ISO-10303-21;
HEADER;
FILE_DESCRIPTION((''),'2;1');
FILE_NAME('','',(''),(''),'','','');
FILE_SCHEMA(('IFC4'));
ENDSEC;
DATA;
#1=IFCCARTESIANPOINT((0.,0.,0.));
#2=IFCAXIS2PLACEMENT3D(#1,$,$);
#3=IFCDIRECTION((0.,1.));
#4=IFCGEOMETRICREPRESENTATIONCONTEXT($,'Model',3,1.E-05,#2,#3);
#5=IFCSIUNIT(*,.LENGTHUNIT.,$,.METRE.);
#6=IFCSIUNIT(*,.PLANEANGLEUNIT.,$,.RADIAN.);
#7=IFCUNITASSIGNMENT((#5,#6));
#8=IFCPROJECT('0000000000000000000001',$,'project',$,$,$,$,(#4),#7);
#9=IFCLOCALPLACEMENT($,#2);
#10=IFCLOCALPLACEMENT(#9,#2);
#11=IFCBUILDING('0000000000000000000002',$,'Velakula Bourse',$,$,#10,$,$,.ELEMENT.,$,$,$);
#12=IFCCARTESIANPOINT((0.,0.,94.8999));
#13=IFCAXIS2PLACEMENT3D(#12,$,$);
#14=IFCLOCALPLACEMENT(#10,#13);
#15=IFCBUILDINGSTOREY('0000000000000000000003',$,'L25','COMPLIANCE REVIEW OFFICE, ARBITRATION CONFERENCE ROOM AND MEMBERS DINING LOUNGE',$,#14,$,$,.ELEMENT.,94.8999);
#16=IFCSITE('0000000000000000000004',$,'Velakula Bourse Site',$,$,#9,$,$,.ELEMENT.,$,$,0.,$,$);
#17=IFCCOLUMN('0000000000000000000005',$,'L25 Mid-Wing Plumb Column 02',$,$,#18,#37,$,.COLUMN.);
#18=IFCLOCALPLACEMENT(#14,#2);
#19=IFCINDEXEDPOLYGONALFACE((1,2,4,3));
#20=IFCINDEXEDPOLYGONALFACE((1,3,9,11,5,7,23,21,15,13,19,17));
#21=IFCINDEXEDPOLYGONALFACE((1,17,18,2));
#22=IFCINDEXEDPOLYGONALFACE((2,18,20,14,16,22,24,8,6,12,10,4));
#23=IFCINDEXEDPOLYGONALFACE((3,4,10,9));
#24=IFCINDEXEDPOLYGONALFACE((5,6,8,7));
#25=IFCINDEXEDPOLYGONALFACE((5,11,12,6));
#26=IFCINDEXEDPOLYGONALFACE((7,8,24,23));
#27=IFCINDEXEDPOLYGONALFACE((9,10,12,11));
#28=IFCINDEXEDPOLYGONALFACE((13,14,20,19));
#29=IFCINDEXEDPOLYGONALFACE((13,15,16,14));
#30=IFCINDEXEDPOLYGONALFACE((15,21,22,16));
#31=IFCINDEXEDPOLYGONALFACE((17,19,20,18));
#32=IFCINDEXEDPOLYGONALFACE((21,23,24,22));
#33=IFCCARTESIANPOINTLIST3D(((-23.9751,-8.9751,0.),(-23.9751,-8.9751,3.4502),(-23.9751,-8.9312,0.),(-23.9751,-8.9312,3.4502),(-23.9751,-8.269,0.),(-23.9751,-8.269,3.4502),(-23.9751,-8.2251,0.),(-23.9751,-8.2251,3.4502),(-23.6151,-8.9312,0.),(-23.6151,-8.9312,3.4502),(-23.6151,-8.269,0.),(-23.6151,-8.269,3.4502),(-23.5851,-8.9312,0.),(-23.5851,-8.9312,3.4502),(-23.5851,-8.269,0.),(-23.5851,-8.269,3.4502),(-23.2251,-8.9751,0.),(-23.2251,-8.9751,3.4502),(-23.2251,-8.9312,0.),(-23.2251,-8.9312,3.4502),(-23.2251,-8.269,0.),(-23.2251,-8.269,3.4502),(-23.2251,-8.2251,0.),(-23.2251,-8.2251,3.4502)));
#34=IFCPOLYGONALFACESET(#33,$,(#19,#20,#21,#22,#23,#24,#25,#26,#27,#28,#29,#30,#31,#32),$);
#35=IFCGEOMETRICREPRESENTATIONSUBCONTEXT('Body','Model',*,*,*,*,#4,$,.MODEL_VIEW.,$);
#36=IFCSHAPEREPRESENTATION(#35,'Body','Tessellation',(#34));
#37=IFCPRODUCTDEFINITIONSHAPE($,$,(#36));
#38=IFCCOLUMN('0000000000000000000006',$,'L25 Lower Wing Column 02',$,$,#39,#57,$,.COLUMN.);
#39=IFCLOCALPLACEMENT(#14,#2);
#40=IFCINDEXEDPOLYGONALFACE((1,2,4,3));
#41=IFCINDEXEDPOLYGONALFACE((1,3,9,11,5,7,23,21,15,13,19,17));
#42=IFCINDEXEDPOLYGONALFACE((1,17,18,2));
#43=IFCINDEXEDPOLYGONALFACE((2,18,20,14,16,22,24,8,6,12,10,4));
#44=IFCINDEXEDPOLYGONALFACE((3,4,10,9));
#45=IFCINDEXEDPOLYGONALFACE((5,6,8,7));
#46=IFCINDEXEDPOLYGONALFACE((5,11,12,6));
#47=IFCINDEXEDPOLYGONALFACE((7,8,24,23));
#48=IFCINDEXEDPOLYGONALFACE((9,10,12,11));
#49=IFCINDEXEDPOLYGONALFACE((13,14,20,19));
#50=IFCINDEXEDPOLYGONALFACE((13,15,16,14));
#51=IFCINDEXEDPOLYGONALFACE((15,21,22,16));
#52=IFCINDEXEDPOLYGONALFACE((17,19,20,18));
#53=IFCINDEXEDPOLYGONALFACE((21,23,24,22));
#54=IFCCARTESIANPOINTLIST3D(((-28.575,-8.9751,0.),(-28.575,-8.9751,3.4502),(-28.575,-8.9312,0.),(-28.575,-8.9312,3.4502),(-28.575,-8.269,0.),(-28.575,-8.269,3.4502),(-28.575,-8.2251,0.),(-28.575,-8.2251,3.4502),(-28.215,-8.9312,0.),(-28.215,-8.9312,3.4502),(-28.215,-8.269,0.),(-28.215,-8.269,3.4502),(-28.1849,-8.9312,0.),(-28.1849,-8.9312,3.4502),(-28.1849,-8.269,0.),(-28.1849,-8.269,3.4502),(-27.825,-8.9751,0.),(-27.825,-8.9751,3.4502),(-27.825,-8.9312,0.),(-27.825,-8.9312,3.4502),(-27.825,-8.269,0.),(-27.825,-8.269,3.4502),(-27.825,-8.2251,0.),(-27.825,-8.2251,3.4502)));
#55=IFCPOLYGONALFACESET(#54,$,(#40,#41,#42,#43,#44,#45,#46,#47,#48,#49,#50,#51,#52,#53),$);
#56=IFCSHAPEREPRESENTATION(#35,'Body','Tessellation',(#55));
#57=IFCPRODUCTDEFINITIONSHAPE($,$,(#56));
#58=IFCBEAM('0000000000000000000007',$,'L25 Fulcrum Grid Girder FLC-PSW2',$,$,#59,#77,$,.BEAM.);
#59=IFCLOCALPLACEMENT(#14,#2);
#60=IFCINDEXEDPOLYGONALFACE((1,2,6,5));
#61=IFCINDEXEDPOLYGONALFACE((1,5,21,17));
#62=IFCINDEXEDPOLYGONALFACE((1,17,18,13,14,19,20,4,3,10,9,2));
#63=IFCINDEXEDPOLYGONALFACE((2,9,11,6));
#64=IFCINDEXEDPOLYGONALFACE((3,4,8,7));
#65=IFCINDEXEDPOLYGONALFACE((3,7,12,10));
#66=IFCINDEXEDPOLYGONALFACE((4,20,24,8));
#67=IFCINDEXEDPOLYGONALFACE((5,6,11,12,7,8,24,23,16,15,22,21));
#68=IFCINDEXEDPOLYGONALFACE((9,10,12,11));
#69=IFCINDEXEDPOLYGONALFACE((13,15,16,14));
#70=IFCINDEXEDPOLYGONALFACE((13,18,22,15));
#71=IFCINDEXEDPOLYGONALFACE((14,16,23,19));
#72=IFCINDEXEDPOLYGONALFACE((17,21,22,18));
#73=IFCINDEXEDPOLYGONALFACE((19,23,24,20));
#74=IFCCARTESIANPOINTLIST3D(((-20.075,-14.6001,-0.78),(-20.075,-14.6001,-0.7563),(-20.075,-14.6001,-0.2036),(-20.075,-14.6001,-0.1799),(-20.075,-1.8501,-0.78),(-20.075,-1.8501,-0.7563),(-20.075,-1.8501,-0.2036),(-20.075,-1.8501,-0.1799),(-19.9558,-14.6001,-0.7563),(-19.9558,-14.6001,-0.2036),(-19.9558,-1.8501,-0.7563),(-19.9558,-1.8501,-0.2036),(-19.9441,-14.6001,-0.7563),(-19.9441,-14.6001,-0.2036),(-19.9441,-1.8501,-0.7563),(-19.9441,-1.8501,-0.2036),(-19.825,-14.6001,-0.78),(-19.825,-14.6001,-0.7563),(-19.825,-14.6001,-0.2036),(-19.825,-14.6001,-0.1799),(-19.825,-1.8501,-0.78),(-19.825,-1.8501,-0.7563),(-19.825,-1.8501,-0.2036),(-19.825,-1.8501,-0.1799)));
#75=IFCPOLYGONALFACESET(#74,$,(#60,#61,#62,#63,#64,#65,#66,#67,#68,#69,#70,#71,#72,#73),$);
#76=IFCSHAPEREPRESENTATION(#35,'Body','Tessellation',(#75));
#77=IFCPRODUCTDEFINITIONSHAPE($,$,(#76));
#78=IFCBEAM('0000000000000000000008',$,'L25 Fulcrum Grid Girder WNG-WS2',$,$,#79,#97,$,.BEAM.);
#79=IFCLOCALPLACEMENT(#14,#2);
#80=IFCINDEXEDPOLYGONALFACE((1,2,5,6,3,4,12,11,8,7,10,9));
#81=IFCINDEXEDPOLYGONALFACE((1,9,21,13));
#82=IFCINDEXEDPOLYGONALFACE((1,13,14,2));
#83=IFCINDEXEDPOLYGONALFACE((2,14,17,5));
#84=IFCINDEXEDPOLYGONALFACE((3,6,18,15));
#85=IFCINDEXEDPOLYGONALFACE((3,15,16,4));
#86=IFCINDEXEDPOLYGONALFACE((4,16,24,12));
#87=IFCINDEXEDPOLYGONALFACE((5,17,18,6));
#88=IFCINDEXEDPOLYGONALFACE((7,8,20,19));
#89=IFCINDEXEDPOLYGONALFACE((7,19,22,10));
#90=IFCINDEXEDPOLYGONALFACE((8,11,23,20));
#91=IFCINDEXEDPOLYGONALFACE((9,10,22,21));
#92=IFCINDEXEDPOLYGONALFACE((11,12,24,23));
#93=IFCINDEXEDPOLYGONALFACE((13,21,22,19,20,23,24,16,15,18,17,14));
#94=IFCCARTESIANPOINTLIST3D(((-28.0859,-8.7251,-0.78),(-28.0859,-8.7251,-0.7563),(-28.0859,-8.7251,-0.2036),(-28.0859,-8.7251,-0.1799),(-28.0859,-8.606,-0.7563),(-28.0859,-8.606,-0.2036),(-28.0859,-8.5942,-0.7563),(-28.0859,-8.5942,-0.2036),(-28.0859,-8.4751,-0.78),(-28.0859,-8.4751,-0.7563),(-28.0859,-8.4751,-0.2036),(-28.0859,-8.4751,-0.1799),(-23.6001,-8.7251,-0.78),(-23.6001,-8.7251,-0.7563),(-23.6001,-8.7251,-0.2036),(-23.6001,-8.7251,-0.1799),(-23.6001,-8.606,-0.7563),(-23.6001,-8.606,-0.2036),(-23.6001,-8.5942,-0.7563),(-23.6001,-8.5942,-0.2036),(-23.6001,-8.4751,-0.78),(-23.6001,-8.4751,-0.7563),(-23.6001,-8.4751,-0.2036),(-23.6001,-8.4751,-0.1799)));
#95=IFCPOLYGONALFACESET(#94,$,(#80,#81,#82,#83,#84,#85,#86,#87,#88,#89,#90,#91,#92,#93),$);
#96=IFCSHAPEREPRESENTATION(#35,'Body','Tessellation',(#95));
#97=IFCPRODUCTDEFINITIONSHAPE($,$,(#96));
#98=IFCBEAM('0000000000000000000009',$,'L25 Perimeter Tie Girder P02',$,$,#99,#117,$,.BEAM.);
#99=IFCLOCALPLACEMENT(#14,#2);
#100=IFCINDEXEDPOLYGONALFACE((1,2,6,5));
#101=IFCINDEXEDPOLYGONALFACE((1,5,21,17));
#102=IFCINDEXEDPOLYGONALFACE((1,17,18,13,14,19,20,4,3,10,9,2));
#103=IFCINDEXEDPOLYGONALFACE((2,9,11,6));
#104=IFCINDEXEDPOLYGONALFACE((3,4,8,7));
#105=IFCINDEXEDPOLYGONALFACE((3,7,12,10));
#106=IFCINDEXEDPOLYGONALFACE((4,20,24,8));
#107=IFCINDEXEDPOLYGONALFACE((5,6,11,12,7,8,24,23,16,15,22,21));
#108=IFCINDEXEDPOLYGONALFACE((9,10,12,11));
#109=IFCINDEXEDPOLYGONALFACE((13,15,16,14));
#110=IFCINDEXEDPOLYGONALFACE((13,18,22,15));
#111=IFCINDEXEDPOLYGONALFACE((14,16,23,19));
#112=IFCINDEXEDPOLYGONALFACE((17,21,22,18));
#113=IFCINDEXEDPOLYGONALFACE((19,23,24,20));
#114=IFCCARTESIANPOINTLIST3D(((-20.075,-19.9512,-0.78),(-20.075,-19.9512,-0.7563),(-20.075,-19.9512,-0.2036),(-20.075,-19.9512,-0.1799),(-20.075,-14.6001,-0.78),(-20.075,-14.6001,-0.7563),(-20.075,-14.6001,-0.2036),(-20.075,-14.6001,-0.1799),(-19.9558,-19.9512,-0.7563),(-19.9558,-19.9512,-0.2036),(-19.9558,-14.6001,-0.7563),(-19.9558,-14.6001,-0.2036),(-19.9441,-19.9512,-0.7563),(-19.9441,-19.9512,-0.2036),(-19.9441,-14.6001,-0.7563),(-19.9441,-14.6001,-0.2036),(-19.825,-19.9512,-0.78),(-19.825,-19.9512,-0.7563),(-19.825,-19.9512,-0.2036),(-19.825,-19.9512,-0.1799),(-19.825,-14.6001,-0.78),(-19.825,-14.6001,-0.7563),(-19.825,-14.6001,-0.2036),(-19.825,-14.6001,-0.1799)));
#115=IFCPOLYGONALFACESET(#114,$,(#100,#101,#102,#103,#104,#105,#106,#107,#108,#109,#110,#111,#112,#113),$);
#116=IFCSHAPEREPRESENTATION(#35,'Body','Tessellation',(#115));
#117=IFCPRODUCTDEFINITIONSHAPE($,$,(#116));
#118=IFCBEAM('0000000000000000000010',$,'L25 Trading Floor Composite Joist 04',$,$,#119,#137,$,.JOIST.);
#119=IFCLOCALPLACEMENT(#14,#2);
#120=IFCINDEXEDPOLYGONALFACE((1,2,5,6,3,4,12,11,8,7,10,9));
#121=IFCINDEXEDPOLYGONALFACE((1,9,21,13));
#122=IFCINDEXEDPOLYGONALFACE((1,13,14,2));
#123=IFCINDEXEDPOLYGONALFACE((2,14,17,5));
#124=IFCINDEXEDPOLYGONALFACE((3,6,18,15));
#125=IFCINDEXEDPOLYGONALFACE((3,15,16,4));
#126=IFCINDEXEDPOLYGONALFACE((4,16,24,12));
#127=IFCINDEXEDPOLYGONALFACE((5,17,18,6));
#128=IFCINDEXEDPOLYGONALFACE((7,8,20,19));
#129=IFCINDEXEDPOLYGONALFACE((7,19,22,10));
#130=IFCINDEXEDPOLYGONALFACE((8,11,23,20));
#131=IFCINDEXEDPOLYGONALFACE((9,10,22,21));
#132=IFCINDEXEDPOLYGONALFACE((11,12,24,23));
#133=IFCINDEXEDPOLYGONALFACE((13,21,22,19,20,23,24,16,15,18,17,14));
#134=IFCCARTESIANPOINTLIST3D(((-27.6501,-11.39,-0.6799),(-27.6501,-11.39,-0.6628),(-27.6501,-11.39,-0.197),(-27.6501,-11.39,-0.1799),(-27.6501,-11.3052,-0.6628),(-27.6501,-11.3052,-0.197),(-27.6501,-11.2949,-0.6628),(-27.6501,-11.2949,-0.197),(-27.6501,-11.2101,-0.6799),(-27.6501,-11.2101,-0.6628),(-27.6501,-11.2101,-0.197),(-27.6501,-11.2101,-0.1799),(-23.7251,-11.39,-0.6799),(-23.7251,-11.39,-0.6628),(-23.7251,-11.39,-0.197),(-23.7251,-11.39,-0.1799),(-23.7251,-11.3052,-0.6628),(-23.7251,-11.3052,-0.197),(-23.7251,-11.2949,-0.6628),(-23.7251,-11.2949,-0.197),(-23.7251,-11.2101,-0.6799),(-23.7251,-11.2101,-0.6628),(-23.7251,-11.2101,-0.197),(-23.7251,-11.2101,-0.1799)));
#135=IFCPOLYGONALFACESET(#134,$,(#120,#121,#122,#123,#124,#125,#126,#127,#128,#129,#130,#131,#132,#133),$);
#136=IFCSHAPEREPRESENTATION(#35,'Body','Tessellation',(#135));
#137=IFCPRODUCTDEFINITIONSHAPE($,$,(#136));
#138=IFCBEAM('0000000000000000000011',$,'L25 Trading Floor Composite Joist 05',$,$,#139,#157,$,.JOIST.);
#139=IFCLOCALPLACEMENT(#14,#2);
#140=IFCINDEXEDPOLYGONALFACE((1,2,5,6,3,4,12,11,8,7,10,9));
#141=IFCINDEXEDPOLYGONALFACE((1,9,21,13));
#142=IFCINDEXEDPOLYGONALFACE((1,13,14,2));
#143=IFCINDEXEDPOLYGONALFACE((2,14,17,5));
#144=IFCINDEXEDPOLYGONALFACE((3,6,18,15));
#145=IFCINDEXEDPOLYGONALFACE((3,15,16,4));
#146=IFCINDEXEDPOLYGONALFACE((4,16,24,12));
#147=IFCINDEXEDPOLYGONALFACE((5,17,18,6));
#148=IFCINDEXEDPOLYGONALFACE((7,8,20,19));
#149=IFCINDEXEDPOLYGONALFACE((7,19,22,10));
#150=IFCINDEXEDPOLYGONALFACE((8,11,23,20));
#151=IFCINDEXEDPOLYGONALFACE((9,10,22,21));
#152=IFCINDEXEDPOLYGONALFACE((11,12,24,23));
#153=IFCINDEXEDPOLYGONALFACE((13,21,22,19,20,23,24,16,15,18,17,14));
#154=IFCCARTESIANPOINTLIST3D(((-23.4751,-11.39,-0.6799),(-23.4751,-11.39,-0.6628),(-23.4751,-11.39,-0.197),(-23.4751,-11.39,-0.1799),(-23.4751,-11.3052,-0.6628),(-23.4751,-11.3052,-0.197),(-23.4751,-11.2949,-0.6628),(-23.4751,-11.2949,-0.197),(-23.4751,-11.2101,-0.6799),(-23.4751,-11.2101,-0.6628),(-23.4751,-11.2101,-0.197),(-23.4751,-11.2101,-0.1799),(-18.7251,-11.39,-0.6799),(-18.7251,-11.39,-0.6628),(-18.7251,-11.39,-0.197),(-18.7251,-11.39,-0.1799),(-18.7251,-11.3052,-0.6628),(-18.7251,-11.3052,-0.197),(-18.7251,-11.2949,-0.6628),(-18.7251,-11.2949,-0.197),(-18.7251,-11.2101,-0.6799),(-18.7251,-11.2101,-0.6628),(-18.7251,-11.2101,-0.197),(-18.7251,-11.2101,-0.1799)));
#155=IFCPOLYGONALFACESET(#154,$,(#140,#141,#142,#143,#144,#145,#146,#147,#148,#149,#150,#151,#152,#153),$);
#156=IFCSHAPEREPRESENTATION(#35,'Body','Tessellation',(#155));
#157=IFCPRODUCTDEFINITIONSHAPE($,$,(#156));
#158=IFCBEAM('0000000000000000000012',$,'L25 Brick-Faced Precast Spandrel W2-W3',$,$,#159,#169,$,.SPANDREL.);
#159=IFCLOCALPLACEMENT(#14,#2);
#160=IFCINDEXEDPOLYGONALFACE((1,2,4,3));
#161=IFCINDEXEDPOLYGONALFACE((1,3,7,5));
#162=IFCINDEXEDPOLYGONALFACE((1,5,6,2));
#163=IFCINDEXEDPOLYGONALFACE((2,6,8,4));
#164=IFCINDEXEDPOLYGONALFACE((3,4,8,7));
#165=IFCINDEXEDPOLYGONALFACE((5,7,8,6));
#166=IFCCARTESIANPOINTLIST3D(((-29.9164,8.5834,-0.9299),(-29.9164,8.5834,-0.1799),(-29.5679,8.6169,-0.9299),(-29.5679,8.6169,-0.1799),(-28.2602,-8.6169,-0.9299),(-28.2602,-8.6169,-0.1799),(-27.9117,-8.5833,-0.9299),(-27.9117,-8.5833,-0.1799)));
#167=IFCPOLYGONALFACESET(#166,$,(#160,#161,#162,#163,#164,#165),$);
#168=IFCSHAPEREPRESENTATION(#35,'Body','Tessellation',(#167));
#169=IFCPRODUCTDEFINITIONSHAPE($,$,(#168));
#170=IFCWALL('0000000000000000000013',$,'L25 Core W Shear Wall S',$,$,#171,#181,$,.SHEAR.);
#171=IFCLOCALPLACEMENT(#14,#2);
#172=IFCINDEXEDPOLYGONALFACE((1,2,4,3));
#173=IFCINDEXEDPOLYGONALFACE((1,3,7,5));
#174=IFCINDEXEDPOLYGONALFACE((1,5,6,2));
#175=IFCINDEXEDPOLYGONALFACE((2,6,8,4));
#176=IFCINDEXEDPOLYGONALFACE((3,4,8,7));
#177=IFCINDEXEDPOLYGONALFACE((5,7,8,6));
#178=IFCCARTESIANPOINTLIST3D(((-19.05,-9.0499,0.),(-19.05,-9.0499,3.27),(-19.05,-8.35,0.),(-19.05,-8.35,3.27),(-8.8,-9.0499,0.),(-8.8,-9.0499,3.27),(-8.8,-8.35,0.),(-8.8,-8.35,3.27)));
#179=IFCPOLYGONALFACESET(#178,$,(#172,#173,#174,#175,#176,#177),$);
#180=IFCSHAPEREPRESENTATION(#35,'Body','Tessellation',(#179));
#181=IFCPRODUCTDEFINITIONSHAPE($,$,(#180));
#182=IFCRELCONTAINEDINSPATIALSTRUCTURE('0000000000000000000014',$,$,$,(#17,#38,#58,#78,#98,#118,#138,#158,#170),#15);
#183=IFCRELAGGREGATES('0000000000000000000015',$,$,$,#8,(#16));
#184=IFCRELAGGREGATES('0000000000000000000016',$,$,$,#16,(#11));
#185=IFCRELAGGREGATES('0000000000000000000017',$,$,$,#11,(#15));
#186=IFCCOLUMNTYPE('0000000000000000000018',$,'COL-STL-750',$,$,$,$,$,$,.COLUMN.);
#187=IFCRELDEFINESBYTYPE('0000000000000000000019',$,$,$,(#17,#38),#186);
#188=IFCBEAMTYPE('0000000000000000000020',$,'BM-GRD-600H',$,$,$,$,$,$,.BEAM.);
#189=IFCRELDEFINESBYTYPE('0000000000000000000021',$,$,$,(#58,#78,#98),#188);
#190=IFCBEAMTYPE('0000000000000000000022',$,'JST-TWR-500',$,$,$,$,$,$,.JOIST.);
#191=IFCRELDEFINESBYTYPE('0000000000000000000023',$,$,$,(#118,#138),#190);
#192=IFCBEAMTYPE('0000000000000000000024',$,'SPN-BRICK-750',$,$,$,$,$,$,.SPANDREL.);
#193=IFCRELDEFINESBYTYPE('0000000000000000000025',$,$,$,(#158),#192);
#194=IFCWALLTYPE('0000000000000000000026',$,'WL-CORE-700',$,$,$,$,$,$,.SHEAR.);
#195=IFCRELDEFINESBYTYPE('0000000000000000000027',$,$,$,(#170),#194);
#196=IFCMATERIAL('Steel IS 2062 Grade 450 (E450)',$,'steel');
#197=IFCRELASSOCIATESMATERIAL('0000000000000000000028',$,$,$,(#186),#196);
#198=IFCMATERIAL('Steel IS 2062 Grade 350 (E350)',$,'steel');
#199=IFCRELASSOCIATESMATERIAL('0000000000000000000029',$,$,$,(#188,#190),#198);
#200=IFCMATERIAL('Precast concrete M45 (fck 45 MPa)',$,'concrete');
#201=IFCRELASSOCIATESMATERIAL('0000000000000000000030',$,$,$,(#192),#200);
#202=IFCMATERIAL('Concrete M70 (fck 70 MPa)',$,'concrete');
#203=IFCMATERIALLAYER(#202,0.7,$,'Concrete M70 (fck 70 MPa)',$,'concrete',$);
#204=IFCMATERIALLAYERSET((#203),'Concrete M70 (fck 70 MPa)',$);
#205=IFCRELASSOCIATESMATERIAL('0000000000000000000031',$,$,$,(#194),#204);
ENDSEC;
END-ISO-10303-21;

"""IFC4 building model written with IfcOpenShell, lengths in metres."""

from ifc_helpers import new_model, si_unit, direction, frame, frame_2d, origin, origin_2d, place, context, subcontext, project, spatial, rectangle, i_section, extrude, material, layer, layer_set, material_profile, profile_set, type_object, element, save


model = new_model("IFC4")

# Units and contexts
model_context = context("Model", 3, precision=1e-05, world=origin(), true_north=direction((0.0, 1.0)))
body_context = subcontext(model_context, "Body", "Model", "MODEL_VIEW")
ifc_project = project(units=[si_unit("LENGTHUNIT", "METRE"), si_unit("PLANEANGLEUNIT", "RADIAN")], contexts=[model_context])

# Site, building, storey
site_placement = place(None, origin())
site = spatial("IfcSite", under=ifc_project, at=site_placement, Name="Velakula Bourse Site", CompositionType="ELEMENT", RefElevation=0.0)
building_placement = place(site_placement, origin())
building = spatial("IfcBuilding", under=site, at=building_placement, Name="Velakula Bourse", CompositionType="ELEMENT")
storey_placement = place(building_placement, frame((0.0, 0.0, 94.8999)))
storey = spatial("IfcBuildingStorey", under=building, at=storey_placement, Name="L25", Description="COMPLIANCE REVIEW OFFICE, ARBITRATION CONFERENCE ROOM AND MEMBERS DINING LOUNGE", CompositionType="ELEMENT", Elevation=94.8999)

# Columns
ifc_material_1 = material(Name="Steel IS 2062 Grade 450 (E450)", Category="steel")
ifc_material_profile_1 = material_profile(ifc_material_1, i_section(OverallWidth=0.75, OverallDepth=0.75, WebThickness=0.03, FlangeThickness=0.0439, at=origin_2d()), Name="Steel IS 2062 Grade 450 (E450)")
ifc_profile_set_1 = profile_set([ifc_material_profile_1], Name="Steel IS 2062 Grade 450 (E450)")
column_type = type_object("IfcColumnType", Name="COL-STL-750", PredefinedType="COLUMN", material=ifc_profile_set_1)
for number, where, z_axis, x_axis, name in (
    (1, (-23.6001, -8.6001, 0.0), (0.0, 0.0, 1.0), (1.0, 0.0, 0.0), "L25 Mid-Wing Plumb Column 02"),
    (2, (-28.2, -8.6001, 0.0), (0.0, 0.0, 1.0), (1.0, 0.0, 0.0), "L25 Lower Wing Column 02"),
):
    element("IfcColumn", number, at=place(storey_placement, frame(where, z_axis=z_axis, x_axis=x_axis)), inside=storey, type_object=column_type, Name=name, PredefinedType="COLUMN", context=body_context, shape_type="SweptSolid", body=[
        extrude(i_section(OverallWidth=0.75, OverallDepth=0.75, WebThickness=0.03, FlangeThickness=0.0439, at=origin_2d()), origin(), (0.0, 0.0, 1.0), 3.4502),
    ])

# Beams
ifc_material_2 = material(Name="Steel IS 2062 Grade 350 (E350)", Category="steel")
ifc_material_profile_2 = material_profile(ifc_material_2, i_section(OverallWidth=0.25, OverallDepth=0.6001, WebThickness=0.0117, FlangeThickness=0.0237, at=origin_2d()), Name="Steel IS 2062 Grade 350 (E350)")
ifc_profile_set_2 = profile_set([ifc_material_profile_2], Name="Steel IS 2062 Grade 350 (E350)")
beam_type_1 = type_object("IfcBeamType", Name="BM-GRD-600H", PredefinedType="BEAM", material=ifc_profile_set_2)
beam_1_placement = place(storey_placement, frame((-19.95, -14.6001, -0.48), z_axis=(0.0, 1.0, 0.0), x_axis=(-1.0, 0.0, 0.0)))
element("IfcBeam", 3, at=beam_1_placement, inside=storey, type_object=beam_type_1, Name="L25 Fulcrum Grid Girder FLC-PSW2", PredefinedType="BEAM", context=body_context, shape_type="SweptSolid", body=[
    extrude(i_section(OverallWidth=0.25, OverallDepth=0.6001, WebThickness=0.0117, FlangeThickness=0.0237, at=origin_2d()), origin(), (0.0, 0.0, 1.0), 12.75),
])
beam_2_placement = place(storey_placement, frame((-28.0859, -8.6001, -0.48), z_axis=(1.0, 0.0, 0.0), x_axis=(0.0, 1.0, 0.0)))
element("IfcBeam", 4, at=beam_2_placement, inside=storey, type_object=beam_type_1, Name="L25 Fulcrum Grid Girder WNG-WS2", PredefinedType="BEAM", context=body_context, shape_type="SweptSolid", body=[
    extrude(i_section(OverallWidth=0.25, OverallDepth=0.6001, WebThickness=0.0117, FlangeThickness=0.0237, at=origin_2d()), origin(), (0.0, 0.0, 1.0), 4.4858),
])
beam_3_placement = place(storey_placement, frame((-19.95, -14.6001, -0.48), z_axis=(0.0, -1.0, 0.0), x_axis=(1.0, 0.0, 0.0)))
element("IfcBeam", 5, at=beam_3_placement, inside=storey, type_object=beam_type_1, Name="L25 Perimeter Tie Girder P02", PredefinedType="BEAM", context=body_context, shape_type="SweptSolid", body=[
    extrude(i_section(OverallWidth=0.25, OverallDepth=0.6001, WebThickness=0.0117, FlangeThickness=0.0237, at=origin_2d()), origin(), (0.0, 0.0, 1.0), 5.3511),
])
ifc_material_profile_3 = material_profile(ifc_material_2, i_section(OverallWidth=0.1799, OverallDepth=0.5, WebThickness=0.0103, FlangeThickness=0.0171, at=origin_2d()), Name="Steel IS 2062 Grade 350 (E350)")
ifc_profile_set_3 = profile_set([ifc_material_profile_3], Name="Steel IS 2062 Grade 350 (E350)")
beam_type_2 = type_object("IfcBeamType", Name="JST-TWR-500", PredefinedType="JOIST", material=ifc_profile_set_3)
beam_4_placement = place(storey_placement, frame((-27.6501, -11.3, -0.4299), z_axis=(1.0, 0.0, 0.0), x_axis=(0.0, 1.0, 0.0)))
element("IfcBeam", 6, at=beam_4_placement, inside=storey, type_object=beam_type_2, Name="L25 Trading Floor Composite Joist 04", PredefinedType="JOIST", context=body_context, shape_type="SweptSolid", body=[
    extrude(i_section(OverallWidth=0.1799, OverallDepth=0.5, WebThickness=0.0103, FlangeThickness=0.0171, at=origin_2d()), origin(), (0.0, 0.0, 1.0), 3.925),
])
beam_5_placement = place(storey_placement, frame((-23.4751, -11.3, -0.4299), z_axis=(1.0, 0.0, 0.0), x_axis=(0.0, 1.0, 0.0)))
element("IfcBeam", 7, at=beam_5_placement, inside=storey, type_object=beam_type_2, Name="L25 Trading Floor Composite Joist 05", PredefinedType="JOIST", context=body_context, shape_type="SweptSolid", body=[
    extrude(i_section(OverallWidth=0.1799, OverallDepth=0.5, WebThickness=0.0103, FlangeThickness=0.0171, at=origin_2d()), origin(), (0.0, 0.0, 1.0), 4.75),
])
ifc_material_3 = material(Name="Precast concrete M45 (fck 45 MPa)", Category="concrete")
ifc_material_profile_4 = material_profile(ifc_material_3, rectangle(XDim=0.3501, YDim=0.75, at=origin_2d()), Name="Precast concrete M45 (fck 45 MPa)")
ifc_profile_set_4 = profile_set([ifc_material_profile_4], Name="Precast concrete M45 (fck 45 MPa)")
beam_type_3 = type_object("IfcBeamType", Name="SPN-BRICK-750", PredefinedType="SPANDREL", material=ifc_profile_set_4)
beam_6_placement = place(storey_placement, frame((-28.0859, -8.6001, -0.5549), z_axis=(-0.095849, 0.995396, 0.0), x_axis=(-0.995396, -0.095849, 0.0)))
element("IfcBeam", 8, at=beam_6_placement, inside=storey, type_object=beam_type_3, Name="L25 Brick-Faced Precast Spandrel W2-W3", PredefinedType="SPANDREL", context=body_context, shape_type="SweptSolid", body=[
    extrude(rectangle(XDim=0.3501, YDim=0.75, at=origin_2d()), origin(), (0.0, 0.0, 1.0), 17.2798),
])

# Wall
ifc_material_4 = material(Name="Concrete M70 (fck 70 MPa)", Category="concrete")
ifc_layer_1 = layer(ifc_material_4, 0.7, Name="Concrete M70 (fck 70 MPa)", Category="concrete")
ifc_layer_set_1 = layer_set([ifc_layer_1], Name="Concrete M70 (fck 70 MPa)")
wall_type_1 = type_object("IfcWallType", Name="WL-CORE-700", PredefinedType="SHEAR", material=ifc_layer_set_1)
wall_1_placement = place(storey_placement, frame((-19.05, -8.7, 0.0), z_axis=(0.0, 0.0, 1.0), x_axis=(1.0, 0.0, 0.0)))
element("IfcWall", 9, at=wall_1_placement, inside=storey, type_object=wall_type_1, Name="L25 Core W Shear Wall S", PredefinedType="SHEAR", context=body_context, shape_type="SweptSolid", body=[
    extrude(rectangle(XDim=10.25, YDim=0.7, at=frame_2d((5.125, 0.0))), origin(), (0.0, 0.0, 1.0), 3.27),
])

save(model, "model.ifc")
